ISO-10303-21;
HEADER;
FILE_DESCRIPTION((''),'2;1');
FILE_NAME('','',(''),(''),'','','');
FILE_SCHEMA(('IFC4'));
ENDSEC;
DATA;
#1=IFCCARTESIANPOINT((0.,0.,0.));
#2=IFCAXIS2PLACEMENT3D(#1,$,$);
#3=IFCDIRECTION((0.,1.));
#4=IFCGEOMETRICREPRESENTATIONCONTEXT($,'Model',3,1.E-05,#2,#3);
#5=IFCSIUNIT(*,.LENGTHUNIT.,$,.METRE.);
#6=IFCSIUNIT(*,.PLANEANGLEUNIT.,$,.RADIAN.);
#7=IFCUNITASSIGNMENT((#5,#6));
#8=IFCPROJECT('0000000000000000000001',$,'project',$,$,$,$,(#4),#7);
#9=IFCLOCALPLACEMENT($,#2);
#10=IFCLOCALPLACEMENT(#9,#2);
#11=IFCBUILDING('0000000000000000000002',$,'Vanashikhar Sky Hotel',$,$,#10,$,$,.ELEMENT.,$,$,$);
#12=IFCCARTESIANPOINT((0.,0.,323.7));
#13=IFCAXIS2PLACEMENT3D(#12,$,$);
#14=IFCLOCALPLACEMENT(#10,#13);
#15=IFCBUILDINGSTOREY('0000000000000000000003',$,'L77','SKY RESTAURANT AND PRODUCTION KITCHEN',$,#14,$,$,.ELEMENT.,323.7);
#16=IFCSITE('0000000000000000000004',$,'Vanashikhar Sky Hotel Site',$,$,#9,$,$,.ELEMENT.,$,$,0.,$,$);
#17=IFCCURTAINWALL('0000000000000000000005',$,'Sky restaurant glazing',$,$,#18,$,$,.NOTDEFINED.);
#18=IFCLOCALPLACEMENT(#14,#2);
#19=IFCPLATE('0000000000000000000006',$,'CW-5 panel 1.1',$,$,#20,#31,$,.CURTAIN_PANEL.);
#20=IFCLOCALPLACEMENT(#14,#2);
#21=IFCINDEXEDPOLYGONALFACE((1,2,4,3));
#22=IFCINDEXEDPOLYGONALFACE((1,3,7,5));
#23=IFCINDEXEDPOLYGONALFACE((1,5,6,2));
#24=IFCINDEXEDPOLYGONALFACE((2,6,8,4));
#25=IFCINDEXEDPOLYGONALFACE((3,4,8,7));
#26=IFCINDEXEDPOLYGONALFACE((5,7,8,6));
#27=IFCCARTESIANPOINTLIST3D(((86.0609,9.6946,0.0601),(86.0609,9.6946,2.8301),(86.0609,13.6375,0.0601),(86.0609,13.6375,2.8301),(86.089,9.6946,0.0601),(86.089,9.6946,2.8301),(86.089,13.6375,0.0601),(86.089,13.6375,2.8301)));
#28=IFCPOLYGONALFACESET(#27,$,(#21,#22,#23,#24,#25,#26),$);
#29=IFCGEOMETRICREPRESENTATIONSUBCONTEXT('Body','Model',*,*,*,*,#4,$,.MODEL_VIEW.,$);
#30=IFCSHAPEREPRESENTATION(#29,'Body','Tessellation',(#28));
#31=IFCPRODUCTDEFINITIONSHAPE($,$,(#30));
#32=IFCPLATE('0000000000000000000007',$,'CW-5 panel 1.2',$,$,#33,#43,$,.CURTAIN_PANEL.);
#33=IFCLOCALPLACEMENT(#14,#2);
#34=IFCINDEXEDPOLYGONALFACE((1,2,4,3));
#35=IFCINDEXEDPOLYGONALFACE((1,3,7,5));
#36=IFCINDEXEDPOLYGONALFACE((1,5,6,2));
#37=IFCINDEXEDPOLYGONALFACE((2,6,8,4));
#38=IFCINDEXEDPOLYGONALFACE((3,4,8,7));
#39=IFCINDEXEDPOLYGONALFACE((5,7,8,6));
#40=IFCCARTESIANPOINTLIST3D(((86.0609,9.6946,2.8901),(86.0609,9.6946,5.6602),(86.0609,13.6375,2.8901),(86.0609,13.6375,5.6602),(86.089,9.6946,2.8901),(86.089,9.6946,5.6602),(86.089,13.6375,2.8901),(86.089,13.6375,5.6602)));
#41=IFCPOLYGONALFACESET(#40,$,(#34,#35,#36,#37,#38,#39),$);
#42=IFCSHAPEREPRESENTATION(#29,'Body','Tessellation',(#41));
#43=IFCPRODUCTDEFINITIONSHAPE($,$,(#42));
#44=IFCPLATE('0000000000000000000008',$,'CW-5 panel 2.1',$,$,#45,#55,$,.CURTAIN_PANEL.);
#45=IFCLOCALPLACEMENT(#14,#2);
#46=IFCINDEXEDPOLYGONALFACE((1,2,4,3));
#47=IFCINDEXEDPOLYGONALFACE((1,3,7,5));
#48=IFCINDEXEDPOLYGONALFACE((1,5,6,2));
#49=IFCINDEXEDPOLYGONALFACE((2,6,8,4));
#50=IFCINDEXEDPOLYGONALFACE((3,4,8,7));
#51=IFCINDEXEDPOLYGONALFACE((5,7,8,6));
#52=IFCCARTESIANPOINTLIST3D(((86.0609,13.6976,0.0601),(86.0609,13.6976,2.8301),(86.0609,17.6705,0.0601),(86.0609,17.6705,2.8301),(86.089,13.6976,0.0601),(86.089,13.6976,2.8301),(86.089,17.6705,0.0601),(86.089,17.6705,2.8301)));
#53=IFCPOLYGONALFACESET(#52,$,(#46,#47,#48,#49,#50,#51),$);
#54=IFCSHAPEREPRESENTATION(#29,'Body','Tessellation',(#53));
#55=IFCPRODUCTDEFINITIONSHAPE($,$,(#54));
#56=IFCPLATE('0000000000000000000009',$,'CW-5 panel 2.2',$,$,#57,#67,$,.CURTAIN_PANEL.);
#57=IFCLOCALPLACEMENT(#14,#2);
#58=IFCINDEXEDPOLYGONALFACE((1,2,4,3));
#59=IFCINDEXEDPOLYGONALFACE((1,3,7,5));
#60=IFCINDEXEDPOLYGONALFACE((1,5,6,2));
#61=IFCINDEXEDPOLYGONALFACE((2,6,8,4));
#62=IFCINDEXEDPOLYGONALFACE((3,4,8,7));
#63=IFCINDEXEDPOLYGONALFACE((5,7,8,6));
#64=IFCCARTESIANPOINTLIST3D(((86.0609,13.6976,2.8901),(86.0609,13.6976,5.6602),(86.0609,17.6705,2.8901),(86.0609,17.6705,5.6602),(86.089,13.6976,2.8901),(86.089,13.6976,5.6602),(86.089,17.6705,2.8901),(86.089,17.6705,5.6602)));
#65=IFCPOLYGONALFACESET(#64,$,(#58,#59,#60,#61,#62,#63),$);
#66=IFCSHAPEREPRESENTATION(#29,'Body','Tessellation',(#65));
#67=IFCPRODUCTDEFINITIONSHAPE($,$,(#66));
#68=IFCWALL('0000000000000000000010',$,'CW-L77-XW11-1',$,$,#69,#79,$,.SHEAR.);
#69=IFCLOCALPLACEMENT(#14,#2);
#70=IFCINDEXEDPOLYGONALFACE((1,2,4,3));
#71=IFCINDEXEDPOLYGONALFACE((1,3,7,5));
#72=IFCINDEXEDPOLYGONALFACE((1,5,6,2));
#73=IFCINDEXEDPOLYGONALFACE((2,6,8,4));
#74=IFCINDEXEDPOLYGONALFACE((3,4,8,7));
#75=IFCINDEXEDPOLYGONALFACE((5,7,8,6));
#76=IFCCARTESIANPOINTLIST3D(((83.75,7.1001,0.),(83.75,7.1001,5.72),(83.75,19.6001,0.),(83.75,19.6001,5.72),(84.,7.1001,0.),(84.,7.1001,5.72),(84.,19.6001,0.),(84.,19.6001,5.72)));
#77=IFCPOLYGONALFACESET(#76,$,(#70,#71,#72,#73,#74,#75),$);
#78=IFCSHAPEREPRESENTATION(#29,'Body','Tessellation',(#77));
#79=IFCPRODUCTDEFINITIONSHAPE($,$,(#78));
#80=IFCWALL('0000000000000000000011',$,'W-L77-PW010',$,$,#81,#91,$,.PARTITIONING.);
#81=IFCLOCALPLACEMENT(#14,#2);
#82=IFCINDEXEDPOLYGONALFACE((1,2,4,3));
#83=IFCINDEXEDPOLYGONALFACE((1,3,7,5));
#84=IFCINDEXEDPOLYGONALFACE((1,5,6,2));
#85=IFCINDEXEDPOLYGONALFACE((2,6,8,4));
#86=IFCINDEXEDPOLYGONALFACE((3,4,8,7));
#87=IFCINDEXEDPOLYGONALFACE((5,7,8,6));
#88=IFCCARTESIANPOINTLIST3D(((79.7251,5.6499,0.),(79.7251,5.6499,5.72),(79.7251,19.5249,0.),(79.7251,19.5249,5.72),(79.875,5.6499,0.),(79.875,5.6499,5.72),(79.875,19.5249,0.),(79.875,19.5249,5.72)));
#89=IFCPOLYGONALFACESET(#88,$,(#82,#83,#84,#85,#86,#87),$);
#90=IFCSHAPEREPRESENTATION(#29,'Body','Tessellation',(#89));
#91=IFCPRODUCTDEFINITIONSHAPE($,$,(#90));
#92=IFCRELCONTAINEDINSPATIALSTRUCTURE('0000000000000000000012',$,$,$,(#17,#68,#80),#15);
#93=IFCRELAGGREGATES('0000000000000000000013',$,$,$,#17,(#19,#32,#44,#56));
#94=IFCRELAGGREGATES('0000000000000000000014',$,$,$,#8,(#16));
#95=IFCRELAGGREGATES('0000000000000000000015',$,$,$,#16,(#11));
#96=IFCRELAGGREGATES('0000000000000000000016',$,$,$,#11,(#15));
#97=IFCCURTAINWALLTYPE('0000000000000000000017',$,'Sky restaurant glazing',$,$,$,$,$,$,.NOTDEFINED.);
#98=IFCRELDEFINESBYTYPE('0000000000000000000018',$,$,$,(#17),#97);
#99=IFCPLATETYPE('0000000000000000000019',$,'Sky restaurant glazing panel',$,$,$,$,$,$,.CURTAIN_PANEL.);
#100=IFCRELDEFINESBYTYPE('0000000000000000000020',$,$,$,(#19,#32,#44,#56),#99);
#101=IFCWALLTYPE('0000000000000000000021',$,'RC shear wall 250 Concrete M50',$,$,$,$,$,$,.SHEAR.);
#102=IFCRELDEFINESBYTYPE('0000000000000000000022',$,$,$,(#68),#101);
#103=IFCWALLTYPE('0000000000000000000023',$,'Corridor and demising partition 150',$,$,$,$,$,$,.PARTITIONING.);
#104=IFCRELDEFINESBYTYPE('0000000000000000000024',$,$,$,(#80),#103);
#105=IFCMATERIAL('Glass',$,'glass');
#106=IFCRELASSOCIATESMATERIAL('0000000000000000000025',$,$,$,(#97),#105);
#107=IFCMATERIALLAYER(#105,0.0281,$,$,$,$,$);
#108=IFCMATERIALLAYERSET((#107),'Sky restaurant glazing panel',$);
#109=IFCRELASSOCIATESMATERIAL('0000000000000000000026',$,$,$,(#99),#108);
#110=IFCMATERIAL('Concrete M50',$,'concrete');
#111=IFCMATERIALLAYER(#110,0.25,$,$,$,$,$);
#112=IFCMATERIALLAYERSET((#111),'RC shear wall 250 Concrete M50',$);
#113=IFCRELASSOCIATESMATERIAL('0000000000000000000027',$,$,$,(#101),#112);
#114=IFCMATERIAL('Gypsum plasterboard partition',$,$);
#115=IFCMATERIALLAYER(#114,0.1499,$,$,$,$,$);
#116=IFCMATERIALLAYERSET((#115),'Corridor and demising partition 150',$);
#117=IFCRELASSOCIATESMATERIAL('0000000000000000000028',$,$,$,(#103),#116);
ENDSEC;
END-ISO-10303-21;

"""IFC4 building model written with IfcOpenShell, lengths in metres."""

from ifc_helpers import new_model, si_unit, direction, frame, frame_2d, origin, origin_2d, place, context, subcontext, project, spatial, rectangle, extrude, source, transform, mapped, material, layer, layer_set, type_object, element, aggregate, save


model = new_model("IFC4")

# Units and contexts
model_context = context("Model", 3, precision=1e-05, world=origin(), true_north=direction((0.0, 1.0)))
body_context = subcontext(model_context, "Body", "Model", "MODEL_VIEW")
ifc_project = project(units=[si_unit("LENGTHUNIT", "METRE"), si_unit("PLANEANGLEUNIT", "RADIAN")], contexts=[model_context])

# Site, building, storey
site_placement = place(None, origin())
site = spatial("IfcSite", under=ifc_project, at=site_placement, Name="Vanashikhar Sky Hotel Site", CompositionType="ELEMENT", RefElevation=0.0)
building_placement = place(site_placement, origin())
building = spatial("IfcBuilding", under=site, at=building_placement, Name="Vanashikhar Sky Hotel", CompositionType="ELEMENT")
storey_placement = place(building_placement, frame((0.0, 0.0, 323.7)))
storey = spatial("IfcBuildingStorey", under=building, at=storey_placement, Name="L77", Description="SKY RESTAURANT AND PRODUCTION KITCHEN", CompositionType="ELEMENT", Elevation=323.7)

# Shared definitions
ifc_material_1 = material(Name="Glass", Category="glass")
curtain_wall_type = type_object("IfcCurtainWallType", Name="Sky restaurant glazing", PredefinedType="NOTDEFINED", material=ifc_material_1)

# Curtain wall
curtain_wall_1_placement = place(storey_placement, origin())
curtain_wall_1 = element("IfcCurtainWall", 1, at=curtain_wall_1_placement, inside=storey, type_object=curtain_wall_type, Name="Sky restaurant glazing", PredefinedType="NOTDEFINED")

# Plates
ifc_layer_1 = layer(ifc_material_1, 0.0281)
ifc_layer_set_1 = layer_set([ifc_layer_1], Name="Sky restaurant glazing panel")
plate_type = type_object("IfcPlateType", Name="Sky restaurant glazing panel", PredefinedType="CURTAIN_PANEL", material=ifc_layer_set_1)
shared_shape_1 = source(origin(), body_context, "Body", "SweptSolid", [
    extrude(rectangle(XDim=3.9429, YDim=0.0281, at=origin_2d()), origin(), (0.0, 0.0, 1.0), 2.77),
])
plate_1_placement = place(storey_placement, frame((86.075, 11.666, 0.0601), z_axis=(0.0, 0.0, 1.0), x_axis=(0.0, 1.0, 0.0)))
plate_1 = element("IfcPlate", 2, at=plate_1_placement, type_object=plate_type, Name="CW-5 panel 1.1", PredefinedType="CURTAIN_PANEL", context=body_context, shape_type="MappedRepresentation", body=[
    mapped(shared_shape_1, transform((0.0, 0.0, 0.0), scale=1.0)),
])
plate_2_placement = place(storey_placement, frame((86.075, 11.666, 2.8901), z_axis=(0.0, 0.0, 1.0), x_axis=(0.0, 1.0, 0.0)))
plate_2 = element("IfcPlate", 3, at=plate_2_placement, type_object=plate_type, Name="CW-5 panel 1.2", PredefinedType="CURTAIN_PANEL", context=body_context, shape_type="MappedRepresentation", body=[
    mapped(shared_shape_1, transform((0.0, 0.0, 0.0), scale=1.0)),
])
shared_shape_2 = source(origin(), body_context, "Body", "SweptSolid", [
    extrude(rectangle(XDim=3.9729, YDim=0.0281, at=origin_2d()), origin(), (0.0, 0.0, 1.0), 2.77),
])
plate_3_placement = place(storey_placement, frame((86.075, 15.6841, 0.0601), z_axis=(0.0, 0.0, 1.0), x_axis=(0.0, 1.0, 0.0)))
plate_3 = element("IfcPlate", 4, at=plate_3_placement, type_object=plate_type, Name="CW-5 panel 2.1", PredefinedType="CURTAIN_PANEL", context=body_context, shape_type="MappedRepresentation", body=[
    mapped(shared_shape_2, transform((0.0, 0.0, 0.0), scale=1.0)),
])
plate_4_placement = place(storey_placement, frame((86.075, 15.6841, 2.8901), z_axis=(0.0, 0.0, 1.0), x_axis=(0.0, 1.0, 0.0)))
plate_4 = element("IfcPlate", 5, at=plate_4_placement, type_object=plate_type, Name="CW-5 panel 2.2", PredefinedType="CURTAIN_PANEL", context=body_context, shape_type="MappedRepresentation", body=[
    mapped(shared_shape_2, transform((0.0, 0.0, 0.0), scale=1.0)),
])
aggregate(curtain_wall_1, [plate_1, plate_2, plate_3, plate_4])

# Walls
ifc_material_2 = material(Name="Concrete M50", Category="concrete")
ifc_layer_2 = layer(ifc_material_2, 0.25)
ifc_layer_set_2 = layer_set([ifc_layer_2], Name="RC shear wall 250 Concrete M50")
wall_type_1 = type_object("IfcWallType", Name="RC shear wall 250 Concrete M50", PredefinedType="SHEAR", material=ifc_layer_set_2)
shared_shape_3 = source(origin(), body_context, "Body", "SweptSolid", [
    extrude(rectangle(XDim=12.5, YDim=0.25, at=frame_2d((6.25, 0.0))), origin(), (0.0, 0.0, 1.0), 5.72),
])
wall_1_placement = place(storey_placement, frame((83.875, 7.1001, 0.0), z_axis=(0.0, 0.0, 1.0), x_axis=(0.0, 1.0, 0.0)))
element("IfcWall", 6, at=wall_1_placement, inside=storey, type_object=wall_type_1, Name="CW-L77-XW11-1", PredefinedType="SHEAR", context=body_context, shape_type="MappedRepresentation", body=[
    mapped(shared_shape_3, transform((0.0, 0.0, 0.0), scale=1.0)),
])
ifc_material_3 = material(Name="Gypsum plasterboard partition")
ifc_layer_3 = layer(ifc_material_3, 0.1499)
ifc_layer_set_3 = layer_set([ifc_layer_3], Name="Corridor and demising partition 150")
wall_type_2 = type_object("IfcWallType", Name="Corridor and demising partition 150", PredefinedType="PARTITIONING", material=ifc_layer_set_3)
shared_shape_4 = source(origin(), body_context, "Body", "SweptSolid", [
    extrude(rectangle(XDim=13.875, YDim=0.1499, at=frame_2d((6.9375, 0.0))), origin(), (0.0, 0.0, 1.0), 5.72),
])
wall_2_placement = place(storey_placement, frame((79.8, 5.6499, 0.0), z_axis=(0.0, 0.0, 1.0), x_axis=(0.0, 1.0, 0.0)))
element("IfcWall", 7, at=wall_2_placement, inside=storey, type_object=wall_type_2, Name="W-L77-PW010", PredefinedType="PARTITIONING", context=body_context, shape_type="MappedRepresentation", body=[
    mapped(shared_shape_4, transform((0.0, 0.0, 0.0), scale=1.0)),
])

save(model, "model.ifc")
